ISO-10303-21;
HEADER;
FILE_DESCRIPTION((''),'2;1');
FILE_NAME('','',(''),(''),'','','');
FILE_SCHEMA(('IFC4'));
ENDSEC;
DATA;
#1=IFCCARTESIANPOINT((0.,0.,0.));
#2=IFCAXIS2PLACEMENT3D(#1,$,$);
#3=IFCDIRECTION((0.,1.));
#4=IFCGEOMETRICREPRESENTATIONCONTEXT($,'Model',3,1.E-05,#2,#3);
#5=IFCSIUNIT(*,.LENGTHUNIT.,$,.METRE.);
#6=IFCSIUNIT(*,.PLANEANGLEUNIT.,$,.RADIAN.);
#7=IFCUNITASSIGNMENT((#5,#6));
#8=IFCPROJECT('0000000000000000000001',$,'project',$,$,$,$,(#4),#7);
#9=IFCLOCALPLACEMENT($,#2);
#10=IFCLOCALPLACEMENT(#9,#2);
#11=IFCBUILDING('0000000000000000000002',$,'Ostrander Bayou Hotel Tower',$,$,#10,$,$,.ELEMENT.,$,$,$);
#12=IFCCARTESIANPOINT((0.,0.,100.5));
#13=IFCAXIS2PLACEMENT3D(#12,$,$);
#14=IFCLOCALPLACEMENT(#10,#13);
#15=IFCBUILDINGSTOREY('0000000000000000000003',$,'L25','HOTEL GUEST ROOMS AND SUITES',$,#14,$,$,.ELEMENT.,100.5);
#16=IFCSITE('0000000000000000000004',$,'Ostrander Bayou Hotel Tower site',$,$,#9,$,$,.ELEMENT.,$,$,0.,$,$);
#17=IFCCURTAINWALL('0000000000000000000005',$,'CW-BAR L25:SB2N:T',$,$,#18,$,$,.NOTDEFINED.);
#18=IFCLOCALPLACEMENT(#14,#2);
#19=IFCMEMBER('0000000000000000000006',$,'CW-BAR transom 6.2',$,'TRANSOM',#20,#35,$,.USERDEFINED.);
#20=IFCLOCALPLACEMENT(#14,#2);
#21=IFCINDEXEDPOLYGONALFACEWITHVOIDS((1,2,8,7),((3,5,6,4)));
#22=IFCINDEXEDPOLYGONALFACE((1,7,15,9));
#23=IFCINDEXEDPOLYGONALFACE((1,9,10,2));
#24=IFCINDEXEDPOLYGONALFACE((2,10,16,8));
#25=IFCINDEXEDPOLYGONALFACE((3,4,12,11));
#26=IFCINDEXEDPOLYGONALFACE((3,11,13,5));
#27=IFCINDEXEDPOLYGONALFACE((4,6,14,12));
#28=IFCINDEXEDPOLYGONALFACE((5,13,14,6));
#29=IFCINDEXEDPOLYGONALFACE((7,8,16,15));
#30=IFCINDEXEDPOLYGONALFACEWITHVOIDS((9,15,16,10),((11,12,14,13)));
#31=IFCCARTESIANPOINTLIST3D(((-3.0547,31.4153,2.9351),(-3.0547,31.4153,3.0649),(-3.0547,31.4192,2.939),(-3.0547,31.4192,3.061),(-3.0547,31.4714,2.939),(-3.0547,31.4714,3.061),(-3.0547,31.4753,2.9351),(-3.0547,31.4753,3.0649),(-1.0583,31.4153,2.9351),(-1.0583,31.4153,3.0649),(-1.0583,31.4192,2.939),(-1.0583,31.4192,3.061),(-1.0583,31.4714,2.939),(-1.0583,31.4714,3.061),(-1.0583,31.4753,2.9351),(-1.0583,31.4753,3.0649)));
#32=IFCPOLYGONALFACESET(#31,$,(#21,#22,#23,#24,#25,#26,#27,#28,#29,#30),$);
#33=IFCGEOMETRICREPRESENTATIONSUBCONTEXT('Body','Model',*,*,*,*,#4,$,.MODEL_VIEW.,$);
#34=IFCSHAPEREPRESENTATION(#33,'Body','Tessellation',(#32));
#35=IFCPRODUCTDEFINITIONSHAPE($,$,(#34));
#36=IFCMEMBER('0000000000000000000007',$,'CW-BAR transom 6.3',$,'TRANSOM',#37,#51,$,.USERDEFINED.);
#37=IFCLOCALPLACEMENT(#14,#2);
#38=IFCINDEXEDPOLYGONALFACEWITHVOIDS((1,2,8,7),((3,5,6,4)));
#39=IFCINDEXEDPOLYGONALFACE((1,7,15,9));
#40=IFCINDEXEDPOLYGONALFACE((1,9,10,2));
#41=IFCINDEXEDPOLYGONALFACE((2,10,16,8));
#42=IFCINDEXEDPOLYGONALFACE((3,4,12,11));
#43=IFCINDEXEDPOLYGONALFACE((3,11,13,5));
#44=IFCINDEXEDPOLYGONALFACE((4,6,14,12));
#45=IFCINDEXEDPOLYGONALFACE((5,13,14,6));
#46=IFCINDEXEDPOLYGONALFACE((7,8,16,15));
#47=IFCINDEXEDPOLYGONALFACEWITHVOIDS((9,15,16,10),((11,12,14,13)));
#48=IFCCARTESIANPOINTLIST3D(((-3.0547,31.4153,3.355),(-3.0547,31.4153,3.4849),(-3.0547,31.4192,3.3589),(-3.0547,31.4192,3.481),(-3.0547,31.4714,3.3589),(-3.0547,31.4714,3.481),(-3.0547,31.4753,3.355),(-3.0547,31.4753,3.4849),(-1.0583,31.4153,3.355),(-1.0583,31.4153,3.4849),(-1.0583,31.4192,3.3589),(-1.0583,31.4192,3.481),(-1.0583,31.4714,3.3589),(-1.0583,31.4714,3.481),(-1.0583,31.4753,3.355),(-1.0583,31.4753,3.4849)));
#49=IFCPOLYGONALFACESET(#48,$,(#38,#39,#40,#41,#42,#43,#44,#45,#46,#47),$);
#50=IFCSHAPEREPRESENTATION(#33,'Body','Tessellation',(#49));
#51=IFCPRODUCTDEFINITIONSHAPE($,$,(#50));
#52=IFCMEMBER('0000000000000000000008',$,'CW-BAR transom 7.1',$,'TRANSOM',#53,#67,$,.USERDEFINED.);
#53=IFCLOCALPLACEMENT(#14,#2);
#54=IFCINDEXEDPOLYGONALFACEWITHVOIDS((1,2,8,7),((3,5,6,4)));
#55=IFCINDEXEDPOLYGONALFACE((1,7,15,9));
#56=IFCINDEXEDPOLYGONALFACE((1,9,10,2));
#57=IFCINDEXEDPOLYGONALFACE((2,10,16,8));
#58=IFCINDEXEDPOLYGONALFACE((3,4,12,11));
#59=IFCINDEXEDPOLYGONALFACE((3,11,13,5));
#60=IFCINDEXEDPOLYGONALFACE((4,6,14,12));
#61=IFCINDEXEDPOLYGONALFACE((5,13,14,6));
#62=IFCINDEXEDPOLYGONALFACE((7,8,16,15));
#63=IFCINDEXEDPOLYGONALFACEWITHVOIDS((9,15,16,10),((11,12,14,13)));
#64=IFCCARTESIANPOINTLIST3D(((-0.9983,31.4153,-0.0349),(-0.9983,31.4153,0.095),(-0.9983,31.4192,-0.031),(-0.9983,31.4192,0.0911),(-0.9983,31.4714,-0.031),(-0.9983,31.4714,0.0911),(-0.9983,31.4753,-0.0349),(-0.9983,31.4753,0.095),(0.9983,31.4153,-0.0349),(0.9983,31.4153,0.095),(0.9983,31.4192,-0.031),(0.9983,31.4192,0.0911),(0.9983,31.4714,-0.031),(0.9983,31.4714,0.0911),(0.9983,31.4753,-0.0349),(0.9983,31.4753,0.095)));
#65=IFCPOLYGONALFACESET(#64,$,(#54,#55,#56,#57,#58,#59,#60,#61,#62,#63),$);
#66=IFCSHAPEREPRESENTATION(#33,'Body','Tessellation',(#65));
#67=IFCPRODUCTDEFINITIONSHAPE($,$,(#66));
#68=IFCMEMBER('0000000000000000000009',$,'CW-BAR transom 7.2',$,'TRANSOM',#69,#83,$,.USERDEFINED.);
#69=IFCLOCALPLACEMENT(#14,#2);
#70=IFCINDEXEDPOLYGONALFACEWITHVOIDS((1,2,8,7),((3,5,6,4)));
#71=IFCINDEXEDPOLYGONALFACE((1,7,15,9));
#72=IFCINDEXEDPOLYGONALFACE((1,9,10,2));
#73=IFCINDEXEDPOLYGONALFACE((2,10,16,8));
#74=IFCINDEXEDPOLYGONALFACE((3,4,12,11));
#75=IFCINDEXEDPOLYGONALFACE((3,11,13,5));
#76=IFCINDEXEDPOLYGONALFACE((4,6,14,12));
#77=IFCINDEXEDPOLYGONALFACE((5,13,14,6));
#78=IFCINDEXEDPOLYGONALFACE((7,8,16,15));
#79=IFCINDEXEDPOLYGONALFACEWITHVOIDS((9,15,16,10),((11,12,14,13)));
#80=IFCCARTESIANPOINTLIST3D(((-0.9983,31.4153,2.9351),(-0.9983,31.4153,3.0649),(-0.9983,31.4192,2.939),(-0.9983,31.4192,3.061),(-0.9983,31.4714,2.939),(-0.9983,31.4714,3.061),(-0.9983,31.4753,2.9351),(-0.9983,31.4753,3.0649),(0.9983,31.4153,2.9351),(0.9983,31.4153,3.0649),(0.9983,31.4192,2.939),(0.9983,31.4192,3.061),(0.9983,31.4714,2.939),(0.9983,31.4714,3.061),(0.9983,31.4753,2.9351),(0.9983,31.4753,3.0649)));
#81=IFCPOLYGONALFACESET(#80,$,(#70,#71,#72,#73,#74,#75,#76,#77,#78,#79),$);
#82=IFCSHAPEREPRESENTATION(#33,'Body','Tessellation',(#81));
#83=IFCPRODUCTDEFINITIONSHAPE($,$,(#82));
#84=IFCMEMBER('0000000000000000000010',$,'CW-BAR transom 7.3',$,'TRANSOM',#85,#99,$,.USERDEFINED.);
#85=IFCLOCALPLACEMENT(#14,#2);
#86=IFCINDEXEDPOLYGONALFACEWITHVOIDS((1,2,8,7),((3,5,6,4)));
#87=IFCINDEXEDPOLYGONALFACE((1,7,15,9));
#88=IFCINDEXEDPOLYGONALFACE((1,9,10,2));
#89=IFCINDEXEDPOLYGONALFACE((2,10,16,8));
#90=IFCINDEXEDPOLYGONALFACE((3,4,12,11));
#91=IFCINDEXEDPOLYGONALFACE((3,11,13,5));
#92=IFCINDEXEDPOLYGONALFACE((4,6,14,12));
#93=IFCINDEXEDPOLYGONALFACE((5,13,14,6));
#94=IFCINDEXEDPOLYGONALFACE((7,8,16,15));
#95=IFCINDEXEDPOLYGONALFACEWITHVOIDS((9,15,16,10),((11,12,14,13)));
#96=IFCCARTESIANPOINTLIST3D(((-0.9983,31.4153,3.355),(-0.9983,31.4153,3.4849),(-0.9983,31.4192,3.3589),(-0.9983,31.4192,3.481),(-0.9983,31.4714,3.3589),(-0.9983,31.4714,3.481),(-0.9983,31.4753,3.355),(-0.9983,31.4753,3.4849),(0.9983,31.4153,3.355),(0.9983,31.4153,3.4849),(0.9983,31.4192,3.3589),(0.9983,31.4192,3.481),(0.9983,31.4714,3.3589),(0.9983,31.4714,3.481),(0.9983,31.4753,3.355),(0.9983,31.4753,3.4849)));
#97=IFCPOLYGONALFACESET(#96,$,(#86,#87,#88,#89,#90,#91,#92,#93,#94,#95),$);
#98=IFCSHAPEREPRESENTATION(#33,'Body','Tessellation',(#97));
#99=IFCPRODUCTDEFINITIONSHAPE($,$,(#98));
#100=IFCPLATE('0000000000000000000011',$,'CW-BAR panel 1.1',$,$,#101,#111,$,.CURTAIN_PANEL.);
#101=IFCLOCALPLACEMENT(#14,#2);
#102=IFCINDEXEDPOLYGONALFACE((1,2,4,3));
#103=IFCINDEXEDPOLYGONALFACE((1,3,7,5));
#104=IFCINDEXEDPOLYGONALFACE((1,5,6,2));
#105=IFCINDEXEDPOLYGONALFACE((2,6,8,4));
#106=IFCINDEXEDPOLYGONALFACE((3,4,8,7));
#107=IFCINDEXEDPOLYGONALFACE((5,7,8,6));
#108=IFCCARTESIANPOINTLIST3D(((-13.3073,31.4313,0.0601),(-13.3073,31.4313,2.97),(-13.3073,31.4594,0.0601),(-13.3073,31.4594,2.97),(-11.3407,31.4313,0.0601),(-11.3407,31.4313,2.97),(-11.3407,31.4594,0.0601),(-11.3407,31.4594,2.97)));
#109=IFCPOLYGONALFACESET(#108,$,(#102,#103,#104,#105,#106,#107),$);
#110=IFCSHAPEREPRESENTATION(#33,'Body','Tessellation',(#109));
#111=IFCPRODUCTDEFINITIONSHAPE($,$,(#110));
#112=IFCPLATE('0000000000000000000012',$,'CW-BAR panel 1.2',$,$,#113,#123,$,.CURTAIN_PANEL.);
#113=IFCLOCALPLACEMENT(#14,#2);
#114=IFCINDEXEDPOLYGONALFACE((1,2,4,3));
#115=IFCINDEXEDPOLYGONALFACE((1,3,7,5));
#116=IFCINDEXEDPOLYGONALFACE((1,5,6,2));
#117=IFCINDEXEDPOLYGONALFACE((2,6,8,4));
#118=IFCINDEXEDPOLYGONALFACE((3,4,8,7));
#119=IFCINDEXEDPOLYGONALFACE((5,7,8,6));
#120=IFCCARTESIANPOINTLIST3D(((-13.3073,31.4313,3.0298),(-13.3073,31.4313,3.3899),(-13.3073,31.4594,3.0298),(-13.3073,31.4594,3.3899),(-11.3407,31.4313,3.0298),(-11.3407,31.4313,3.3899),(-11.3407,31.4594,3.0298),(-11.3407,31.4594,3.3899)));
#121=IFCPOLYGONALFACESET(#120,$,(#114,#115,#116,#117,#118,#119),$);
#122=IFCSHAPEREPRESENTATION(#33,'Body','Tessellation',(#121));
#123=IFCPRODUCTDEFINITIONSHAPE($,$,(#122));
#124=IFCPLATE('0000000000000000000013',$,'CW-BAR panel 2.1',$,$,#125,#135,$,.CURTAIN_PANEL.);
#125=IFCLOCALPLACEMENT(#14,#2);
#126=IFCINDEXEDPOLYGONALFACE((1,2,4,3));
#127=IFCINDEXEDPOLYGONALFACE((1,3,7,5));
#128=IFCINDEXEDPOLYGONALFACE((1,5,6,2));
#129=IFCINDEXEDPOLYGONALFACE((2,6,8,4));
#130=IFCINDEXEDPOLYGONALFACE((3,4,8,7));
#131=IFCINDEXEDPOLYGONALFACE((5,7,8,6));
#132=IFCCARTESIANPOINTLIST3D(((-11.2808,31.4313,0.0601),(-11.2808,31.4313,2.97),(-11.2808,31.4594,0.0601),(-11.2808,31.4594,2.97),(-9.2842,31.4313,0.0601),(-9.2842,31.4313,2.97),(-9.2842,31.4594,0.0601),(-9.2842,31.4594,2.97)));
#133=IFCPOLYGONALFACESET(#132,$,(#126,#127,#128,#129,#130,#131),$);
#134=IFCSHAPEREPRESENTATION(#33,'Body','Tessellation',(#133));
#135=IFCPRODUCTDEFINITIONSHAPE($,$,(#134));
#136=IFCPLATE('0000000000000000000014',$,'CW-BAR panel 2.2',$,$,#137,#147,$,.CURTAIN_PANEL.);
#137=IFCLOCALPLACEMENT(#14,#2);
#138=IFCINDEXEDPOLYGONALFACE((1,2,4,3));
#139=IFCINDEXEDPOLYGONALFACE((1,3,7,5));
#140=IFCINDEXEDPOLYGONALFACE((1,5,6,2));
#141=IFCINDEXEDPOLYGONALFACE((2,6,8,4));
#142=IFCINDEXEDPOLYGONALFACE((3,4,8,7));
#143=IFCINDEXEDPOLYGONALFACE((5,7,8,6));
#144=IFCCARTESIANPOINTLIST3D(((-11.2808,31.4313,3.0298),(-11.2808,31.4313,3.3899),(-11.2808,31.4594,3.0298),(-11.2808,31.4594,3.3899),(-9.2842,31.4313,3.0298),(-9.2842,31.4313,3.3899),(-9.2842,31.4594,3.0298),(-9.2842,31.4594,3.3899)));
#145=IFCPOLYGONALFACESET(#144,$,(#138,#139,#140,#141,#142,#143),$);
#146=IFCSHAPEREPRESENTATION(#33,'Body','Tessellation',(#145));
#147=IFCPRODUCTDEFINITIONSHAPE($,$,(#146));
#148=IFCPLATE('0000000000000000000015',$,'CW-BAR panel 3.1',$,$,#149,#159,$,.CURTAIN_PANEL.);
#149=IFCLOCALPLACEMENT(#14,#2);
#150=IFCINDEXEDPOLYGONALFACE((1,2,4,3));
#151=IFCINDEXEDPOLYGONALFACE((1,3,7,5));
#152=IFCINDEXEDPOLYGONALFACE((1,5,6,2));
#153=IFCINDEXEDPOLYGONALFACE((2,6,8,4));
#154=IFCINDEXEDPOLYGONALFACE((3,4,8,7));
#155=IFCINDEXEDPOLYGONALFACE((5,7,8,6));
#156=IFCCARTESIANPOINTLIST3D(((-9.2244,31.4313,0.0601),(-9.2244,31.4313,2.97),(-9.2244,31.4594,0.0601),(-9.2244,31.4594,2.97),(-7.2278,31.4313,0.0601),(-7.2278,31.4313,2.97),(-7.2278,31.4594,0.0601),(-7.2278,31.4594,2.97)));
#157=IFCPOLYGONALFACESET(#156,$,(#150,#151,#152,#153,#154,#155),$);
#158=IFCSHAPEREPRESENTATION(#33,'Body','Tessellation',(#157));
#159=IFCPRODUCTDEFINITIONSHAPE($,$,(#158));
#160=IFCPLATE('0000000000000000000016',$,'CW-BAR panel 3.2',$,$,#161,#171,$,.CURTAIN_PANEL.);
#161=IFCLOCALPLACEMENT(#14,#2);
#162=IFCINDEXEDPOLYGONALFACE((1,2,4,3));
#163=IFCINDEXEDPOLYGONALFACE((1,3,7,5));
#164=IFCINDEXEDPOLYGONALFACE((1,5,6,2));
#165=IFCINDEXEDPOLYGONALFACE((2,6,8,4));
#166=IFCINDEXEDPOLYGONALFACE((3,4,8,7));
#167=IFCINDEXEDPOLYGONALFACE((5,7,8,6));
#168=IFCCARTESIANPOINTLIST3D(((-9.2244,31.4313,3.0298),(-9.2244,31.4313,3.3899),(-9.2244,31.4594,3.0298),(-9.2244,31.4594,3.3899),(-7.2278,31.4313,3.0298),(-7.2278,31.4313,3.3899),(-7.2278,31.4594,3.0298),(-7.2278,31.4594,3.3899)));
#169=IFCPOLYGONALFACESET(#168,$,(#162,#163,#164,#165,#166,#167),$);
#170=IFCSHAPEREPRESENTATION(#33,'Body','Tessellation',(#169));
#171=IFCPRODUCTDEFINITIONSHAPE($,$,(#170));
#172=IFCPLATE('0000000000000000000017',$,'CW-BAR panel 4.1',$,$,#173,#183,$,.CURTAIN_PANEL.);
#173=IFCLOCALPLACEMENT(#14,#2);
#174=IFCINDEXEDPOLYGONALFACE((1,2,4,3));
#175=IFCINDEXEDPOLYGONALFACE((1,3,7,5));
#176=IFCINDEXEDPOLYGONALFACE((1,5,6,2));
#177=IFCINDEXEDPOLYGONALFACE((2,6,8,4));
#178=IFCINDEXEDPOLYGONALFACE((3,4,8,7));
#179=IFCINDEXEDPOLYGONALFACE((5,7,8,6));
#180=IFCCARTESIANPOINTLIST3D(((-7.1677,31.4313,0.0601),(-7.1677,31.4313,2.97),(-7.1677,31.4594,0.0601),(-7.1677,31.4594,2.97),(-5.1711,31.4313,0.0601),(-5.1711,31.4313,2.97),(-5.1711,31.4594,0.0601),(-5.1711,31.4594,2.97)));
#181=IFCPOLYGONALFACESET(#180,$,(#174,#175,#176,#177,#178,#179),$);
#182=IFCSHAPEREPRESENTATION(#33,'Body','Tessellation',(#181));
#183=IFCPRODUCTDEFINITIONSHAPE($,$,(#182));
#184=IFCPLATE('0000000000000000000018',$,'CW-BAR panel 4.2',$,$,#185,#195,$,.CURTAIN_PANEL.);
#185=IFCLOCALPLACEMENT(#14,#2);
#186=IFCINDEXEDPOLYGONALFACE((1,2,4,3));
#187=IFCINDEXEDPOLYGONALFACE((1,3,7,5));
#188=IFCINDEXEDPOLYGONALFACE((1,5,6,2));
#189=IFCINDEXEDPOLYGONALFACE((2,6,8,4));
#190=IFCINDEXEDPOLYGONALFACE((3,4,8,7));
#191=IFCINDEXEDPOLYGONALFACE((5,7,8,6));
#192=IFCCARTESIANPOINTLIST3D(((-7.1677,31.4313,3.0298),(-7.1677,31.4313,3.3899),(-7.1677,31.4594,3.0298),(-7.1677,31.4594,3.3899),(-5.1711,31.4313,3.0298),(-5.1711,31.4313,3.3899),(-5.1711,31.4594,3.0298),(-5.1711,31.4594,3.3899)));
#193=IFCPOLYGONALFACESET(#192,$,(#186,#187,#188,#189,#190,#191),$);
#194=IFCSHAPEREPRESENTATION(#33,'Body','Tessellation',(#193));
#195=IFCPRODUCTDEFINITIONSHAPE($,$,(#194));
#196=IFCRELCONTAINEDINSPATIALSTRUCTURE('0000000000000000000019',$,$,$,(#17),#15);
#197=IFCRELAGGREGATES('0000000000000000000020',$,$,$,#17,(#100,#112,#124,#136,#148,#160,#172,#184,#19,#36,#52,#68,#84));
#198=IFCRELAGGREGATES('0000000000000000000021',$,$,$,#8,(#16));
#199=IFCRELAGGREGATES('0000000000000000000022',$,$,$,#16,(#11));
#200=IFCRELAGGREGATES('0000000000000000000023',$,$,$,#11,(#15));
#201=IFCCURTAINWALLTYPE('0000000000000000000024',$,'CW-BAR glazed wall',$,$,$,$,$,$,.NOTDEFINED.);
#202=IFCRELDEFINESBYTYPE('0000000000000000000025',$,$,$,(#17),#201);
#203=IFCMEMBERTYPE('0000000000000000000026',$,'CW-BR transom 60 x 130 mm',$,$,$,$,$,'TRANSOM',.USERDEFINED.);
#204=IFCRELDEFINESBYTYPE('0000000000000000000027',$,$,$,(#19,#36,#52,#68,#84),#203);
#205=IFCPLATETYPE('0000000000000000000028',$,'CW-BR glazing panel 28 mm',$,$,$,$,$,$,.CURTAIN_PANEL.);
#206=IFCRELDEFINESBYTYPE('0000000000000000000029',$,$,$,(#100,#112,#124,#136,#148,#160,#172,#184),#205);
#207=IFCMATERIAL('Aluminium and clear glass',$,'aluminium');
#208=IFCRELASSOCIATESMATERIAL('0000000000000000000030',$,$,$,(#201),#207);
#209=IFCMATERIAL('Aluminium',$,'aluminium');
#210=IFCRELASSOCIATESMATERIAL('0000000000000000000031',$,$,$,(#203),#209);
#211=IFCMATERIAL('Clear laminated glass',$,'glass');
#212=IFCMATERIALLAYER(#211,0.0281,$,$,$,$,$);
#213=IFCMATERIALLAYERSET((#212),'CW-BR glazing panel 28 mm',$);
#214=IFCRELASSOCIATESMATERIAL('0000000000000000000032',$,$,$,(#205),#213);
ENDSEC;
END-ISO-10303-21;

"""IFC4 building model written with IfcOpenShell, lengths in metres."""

from ifc_helpers import new_model, si_unit, direction, frame, origin, origin_2d, place, context, subcontext, project, spatial, rectangle, hollow_rectangle, extrude, material, layer, layer_set, material_profile, profile_set, type_object, element, aggregate, save


model = new_model("IFC4")

# Units and contexts
model_context = context("Model", 3, precision=1e-05, world=origin(), true_north=direction((0.0, 1.0)))
body_context = subcontext(model_context, "Body", "Model", "MODEL_VIEW")
ifc_project = project(units=[si_unit("LENGTHUNIT", "METRE"), si_unit("PLANEANGLEUNIT", "RADIAN")], contexts=[model_context])

# Site, building, storey
site_placement = place(None, origin())
site = spatial("IfcSite", under=ifc_project, at=site_placement, Name="Ostrander Bayou Hotel Tower site", CompositionType="ELEMENT", RefElevation=0.0)
building_placement = place(site_placement, origin())
building = spatial("IfcBuilding", under=site, at=building_placement, Name="Ostrander Bayou Hotel Tower", CompositionType="ELEMENT")
storey_placement = place(building_placement, frame((0.0, 0.0, 100.5)))
storey = spatial("IfcBuildingStorey", under=building, at=storey_placement, Name="L25", Description="HOTEL GUEST ROOMS AND SUITES", CompositionType="ELEMENT", Elevation=100.5)

# Curtain wall, members, plates
ifc_material_1 = material(Name="Aluminium and clear glass", Category="aluminium")
curtain_wall_type = type_object("IfcCurtainWallType", Name="CW-BAR glazed wall", PredefinedType="NOTDEFINED", material=ifc_material_1)
curtain_wall_placement = place(storey_placement, origin())
curtain_wall = element("IfcCurtainWall", 1, at=curtain_wall_placement, inside=storey, type_object=curtain_wall_type, Name="CW-BAR L25:SB2N:T", PredefinedType="NOTDEFINED")
ifc_material_2 = material(Name="Aluminium", Category="aluminium")
ifc_material_profile_1 = material_profile(ifc_material_2, hollow_rectangle(XDim=0.0601, YDim=0.1299, WallThickness=0.0039, at=origin_2d()))
ifc_profile_set_1 = profile_set([ifc_material_profile_1], Name="Aluminium")
member_type_1 = type_object("IfcMemberType", Name="CW-BR transom 60 x 130 mm", ElementType="TRANSOM", PredefinedType="USERDEFINED", material=ifc_profile_set_1)
member_1_placement = place(storey_placement, frame((-3.0547, 31.4453, 3.0), z_axis=(1.0, 0.0, 0.0), x_axis=(0.0, 1.0, 0.0)))
member_1 = element("IfcMember", 2, at=member_1_placement, type_object=member_type_1, Name="CW-BAR transom 6.2", ObjectType="TRANSOM", PredefinedType="USERDEFINED", context=body_context, shape_type="SweptSolid", body=[
    extrude(hollow_rectangle(XDim=0.0601, YDim=0.1299, WallThickness=0.0039, at=origin_2d()), origin(), (0.0, 0.0, 1.0), 1.9963),
])
member_2_placement = place(storey_placement, frame((-3.0547, 31.4453, 3.4199), z_axis=(1.0, 0.0, 0.0), x_axis=(0.0, 1.0, 0.0)))
member_2 = element("IfcMember", 3, at=member_2_placement, type_object=member_type_1, Name="CW-BAR transom 6.3", ObjectType="TRANSOM", PredefinedType="USERDEFINED", context=body_context, shape_type="SweptSolid", body=[
    extrude(hollow_rectangle(XDim=0.0601, YDim=0.1299, WallThickness=0.0039, at=origin_2d()), origin(), (0.0, 0.0, 1.0), 1.9963),
])
member_3_placement = place(storey_placement, frame((-0.9983, 31.4453, 0.03), z_axis=(1.0, 0.0, 0.0), x_axis=(0.0, 1.0, 0.0)))
member_3 = element("IfcMember", 4, at=member_3_placement, type_object=member_type_1, Name="CW-BAR transom 7.1", ObjectType="TRANSOM", PredefinedType="USERDEFINED", context=body_context, shape_type="SweptSolid", body=[
    extrude(hollow_rectangle(XDim=0.0601, YDim=0.1299, WallThickness=0.0039, at=origin_2d()), origin(), (0.0, 0.0, 1.0), 1.9966),
])
member_4_placement = place(storey_placement, frame((-0.9983, 31.4453, 3.0), z_axis=(1.0, 0.0, 0.0), x_axis=(0.0, 1.0, 0.0)))
member_4 = element("IfcMember", 5, at=member_4_placement, type_object=member_type_1, Name="CW-BAR transom 7.2", ObjectType="TRANSOM", PredefinedType="USERDEFINED", context=body_context, shape_type="SweptSolid", body=[
    extrude(hollow_rectangle(XDim=0.0601, YDim=0.1299, WallThickness=0.0039, at=origin_2d()), origin(), (0.0, 0.0, 1.0), 1.9966),
])
member_5_placement = place(storey_placement, frame((-0.9983, 31.4453, 3.4199), z_axis=(1.0, 0.0, 0.0), x_axis=(0.0, 1.0, 0.0)))
member_5 = element("IfcMember", 6, at=member_5_placement, type_object=member_type_1, Name="CW-BAR transom 7.3", ObjectType="TRANSOM", PredefinedType="USERDEFINED", context=body_context, shape_type="SweptSolid", body=[
    extrude(hollow_rectangle(XDim=0.0601, YDim=0.1299, WallThickness=0.0039, at=origin_2d()), origin(), (0.0, 0.0, 1.0), 1.9966),
])
ifc_material_3 = material(Name="Clear laminated glass", Category="glass")
ifc_layer = layer(ifc_material_3, 0.0281)
ifc_layer_set = layer_set([ifc_layer], Name="CW-BR glazing panel 28 mm")
plate_type = type_object("IfcPlateType", Name="CW-BR glazing panel 28 mm", PredefinedType="CURTAIN_PANEL", material=ifc_layer_set)
plate_1_placement = place(storey_placement, frame((-12.324, 31.4453, 0.0601), z_axis=(0.0, 0.0, 1.0), x_axis=(1.0, 0.0, 0.0)))
plate_1 = element("IfcPlate", 7, at=plate_1_placement, type_object=plate_type, Name="CW-BAR panel 1.1", PredefinedType="CURTAIN_PANEL", context=body_context, shape_type="SweptSolid", body=[
    extrude(rectangle(XDim=1.9666, YDim=0.0281, at=origin_2d()), origin(), (0.0, 0.0, 1.0), 2.9099),
])
plate_2_placement = place(storey_placement, frame((-12.324, 31.4453, 3.0298), z_axis=(0.0, 0.0, 1.0), x_axis=(1.0, 0.0, 0.0)))
plate_2 = element("IfcPlate", 8, at=plate_2_placement, type_object=plate_type, Name="CW-BAR panel 1.2", PredefinedType="CURTAIN_PANEL", context=body_context, shape_type="SweptSolid", body=[
    extrude(rectangle(XDim=1.9666, YDim=0.0281, at=origin_2d()), origin(), (0.0, 0.0, 1.0), 0.3601),
])
plate_3_placement = place(storey_placement, frame((-10.2825, 31.4453, 0.0601), z_axis=(0.0, 0.0, 1.0), x_axis=(1.0, 0.0, 0.0)))
plate_3 = element("IfcPlate", 9, at=plate_3_placement, type_object=plate_type, Name="CW-BAR panel 2.1", PredefinedType="CURTAIN_PANEL", context=body_context, shape_type="SweptSolid", body=[
    extrude(rectangle(XDim=1.9966, YDim=0.0281, at=origin_2d()), origin(), (0.0, 0.0, 1.0), 2.9099),
])
plate_4_placement = place(storey_placement, frame((-10.2825, 31.4453, 3.0298), z_axis=(0.0, 0.0, 1.0), x_axis=(1.0, 0.0, 0.0)))
plate_4 = element("IfcPlate", 10, at=plate_4_placement, type_object=plate_type, Name="CW-BAR panel 2.2", PredefinedType="CURTAIN_PANEL", context=body_context, shape_type="SweptSolid", body=[
    extrude(rectangle(XDim=1.9966, YDim=0.0281, at=origin_2d()), origin(), (0.0, 0.0, 1.0), 0.3601),
])
plate_5_placement = place(storey_placement, frame((-8.2261, 31.4453, 0.0601), z_axis=(0.0, 0.0, 1.0), x_axis=(1.0, 0.0, 0.0)))
plate_5 = element("IfcPlate", 11, at=plate_5_placement, type_object=plate_type, Name="CW-BAR panel 3.1", PredefinedType="CURTAIN_PANEL", context=body_context, shape_type="SweptSolid", body=[
    extrude(rectangle(XDim=1.9966, YDim=0.0281, at=origin_2d()), origin(), (0.0, 0.0, 1.0), 2.9099),
])
plate_6_placement = place(storey_placement, frame((-8.2261, 31.4453, 3.0298), z_axis=(0.0, 0.0, 1.0), x_axis=(1.0, 0.0, 0.0)))
plate_6 = element("IfcPlate", 12, at=plate_6_placement, type_object=plate_type, Name="CW-BAR panel 3.2", PredefinedType="CURTAIN_PANEL", context=body_context, shape_type="SweptSolid", body=[
    extrude(rectangle(XDim=1.9966, YDim=0.0281, at=origin_2d()), origin(), (0.0, 0.0, 1.0), 0.3601),
])
plate_7_placement = place(storey_placement, frame((-6.1694, 31.4453, 0.0601), z_axis=(0.0, 0.0, 1.0), x_axis=(1.0, 0.0, 0.0)))
plate_7 = element("IfcPlate", 13, at=plate_7_placement, type_object=plate_type, Name="CW-BAR panel 4.1", PredefinedType="CURTAIN_PANEL", context=body_context, shape_type="SweptSolid", body=[
    extrude(rectangle(XDim=1.9966, YDim=0.0281, at=origin_2d()), origin(), (0.0, 0.0, 1.0), 2.9099),
])
plate_8_placement = place(storey_placement, frame((-6.1694, 31.4453, 3.0298), z_axis=(0.0, 0.0, 1.0), x_axis=(1.0, 0.0, 0.0)))
plate_8 = element("IfcPlate", 14, at=plate_8_placement, type_object=plate_type, Name="CW-BAR panel 4.2", PredefinedType="CURTAIN_PANEL", context=body_context, shape_type="SweptSolid", body=[
    extrude(rectangle(XDim=1.9966, YDim=0.0281, at=origin_2d()), origin(), (0.0, 0.0, 1.0), 0.3601),
])
aggregate(curtain_wall, [plate_1, plate_2, plate_3, plate_4, plate_5, plate_6, plate_7, plate_8, member_1, member_2, member_3, member_4, member_5])

save(model, "model.ifc")
